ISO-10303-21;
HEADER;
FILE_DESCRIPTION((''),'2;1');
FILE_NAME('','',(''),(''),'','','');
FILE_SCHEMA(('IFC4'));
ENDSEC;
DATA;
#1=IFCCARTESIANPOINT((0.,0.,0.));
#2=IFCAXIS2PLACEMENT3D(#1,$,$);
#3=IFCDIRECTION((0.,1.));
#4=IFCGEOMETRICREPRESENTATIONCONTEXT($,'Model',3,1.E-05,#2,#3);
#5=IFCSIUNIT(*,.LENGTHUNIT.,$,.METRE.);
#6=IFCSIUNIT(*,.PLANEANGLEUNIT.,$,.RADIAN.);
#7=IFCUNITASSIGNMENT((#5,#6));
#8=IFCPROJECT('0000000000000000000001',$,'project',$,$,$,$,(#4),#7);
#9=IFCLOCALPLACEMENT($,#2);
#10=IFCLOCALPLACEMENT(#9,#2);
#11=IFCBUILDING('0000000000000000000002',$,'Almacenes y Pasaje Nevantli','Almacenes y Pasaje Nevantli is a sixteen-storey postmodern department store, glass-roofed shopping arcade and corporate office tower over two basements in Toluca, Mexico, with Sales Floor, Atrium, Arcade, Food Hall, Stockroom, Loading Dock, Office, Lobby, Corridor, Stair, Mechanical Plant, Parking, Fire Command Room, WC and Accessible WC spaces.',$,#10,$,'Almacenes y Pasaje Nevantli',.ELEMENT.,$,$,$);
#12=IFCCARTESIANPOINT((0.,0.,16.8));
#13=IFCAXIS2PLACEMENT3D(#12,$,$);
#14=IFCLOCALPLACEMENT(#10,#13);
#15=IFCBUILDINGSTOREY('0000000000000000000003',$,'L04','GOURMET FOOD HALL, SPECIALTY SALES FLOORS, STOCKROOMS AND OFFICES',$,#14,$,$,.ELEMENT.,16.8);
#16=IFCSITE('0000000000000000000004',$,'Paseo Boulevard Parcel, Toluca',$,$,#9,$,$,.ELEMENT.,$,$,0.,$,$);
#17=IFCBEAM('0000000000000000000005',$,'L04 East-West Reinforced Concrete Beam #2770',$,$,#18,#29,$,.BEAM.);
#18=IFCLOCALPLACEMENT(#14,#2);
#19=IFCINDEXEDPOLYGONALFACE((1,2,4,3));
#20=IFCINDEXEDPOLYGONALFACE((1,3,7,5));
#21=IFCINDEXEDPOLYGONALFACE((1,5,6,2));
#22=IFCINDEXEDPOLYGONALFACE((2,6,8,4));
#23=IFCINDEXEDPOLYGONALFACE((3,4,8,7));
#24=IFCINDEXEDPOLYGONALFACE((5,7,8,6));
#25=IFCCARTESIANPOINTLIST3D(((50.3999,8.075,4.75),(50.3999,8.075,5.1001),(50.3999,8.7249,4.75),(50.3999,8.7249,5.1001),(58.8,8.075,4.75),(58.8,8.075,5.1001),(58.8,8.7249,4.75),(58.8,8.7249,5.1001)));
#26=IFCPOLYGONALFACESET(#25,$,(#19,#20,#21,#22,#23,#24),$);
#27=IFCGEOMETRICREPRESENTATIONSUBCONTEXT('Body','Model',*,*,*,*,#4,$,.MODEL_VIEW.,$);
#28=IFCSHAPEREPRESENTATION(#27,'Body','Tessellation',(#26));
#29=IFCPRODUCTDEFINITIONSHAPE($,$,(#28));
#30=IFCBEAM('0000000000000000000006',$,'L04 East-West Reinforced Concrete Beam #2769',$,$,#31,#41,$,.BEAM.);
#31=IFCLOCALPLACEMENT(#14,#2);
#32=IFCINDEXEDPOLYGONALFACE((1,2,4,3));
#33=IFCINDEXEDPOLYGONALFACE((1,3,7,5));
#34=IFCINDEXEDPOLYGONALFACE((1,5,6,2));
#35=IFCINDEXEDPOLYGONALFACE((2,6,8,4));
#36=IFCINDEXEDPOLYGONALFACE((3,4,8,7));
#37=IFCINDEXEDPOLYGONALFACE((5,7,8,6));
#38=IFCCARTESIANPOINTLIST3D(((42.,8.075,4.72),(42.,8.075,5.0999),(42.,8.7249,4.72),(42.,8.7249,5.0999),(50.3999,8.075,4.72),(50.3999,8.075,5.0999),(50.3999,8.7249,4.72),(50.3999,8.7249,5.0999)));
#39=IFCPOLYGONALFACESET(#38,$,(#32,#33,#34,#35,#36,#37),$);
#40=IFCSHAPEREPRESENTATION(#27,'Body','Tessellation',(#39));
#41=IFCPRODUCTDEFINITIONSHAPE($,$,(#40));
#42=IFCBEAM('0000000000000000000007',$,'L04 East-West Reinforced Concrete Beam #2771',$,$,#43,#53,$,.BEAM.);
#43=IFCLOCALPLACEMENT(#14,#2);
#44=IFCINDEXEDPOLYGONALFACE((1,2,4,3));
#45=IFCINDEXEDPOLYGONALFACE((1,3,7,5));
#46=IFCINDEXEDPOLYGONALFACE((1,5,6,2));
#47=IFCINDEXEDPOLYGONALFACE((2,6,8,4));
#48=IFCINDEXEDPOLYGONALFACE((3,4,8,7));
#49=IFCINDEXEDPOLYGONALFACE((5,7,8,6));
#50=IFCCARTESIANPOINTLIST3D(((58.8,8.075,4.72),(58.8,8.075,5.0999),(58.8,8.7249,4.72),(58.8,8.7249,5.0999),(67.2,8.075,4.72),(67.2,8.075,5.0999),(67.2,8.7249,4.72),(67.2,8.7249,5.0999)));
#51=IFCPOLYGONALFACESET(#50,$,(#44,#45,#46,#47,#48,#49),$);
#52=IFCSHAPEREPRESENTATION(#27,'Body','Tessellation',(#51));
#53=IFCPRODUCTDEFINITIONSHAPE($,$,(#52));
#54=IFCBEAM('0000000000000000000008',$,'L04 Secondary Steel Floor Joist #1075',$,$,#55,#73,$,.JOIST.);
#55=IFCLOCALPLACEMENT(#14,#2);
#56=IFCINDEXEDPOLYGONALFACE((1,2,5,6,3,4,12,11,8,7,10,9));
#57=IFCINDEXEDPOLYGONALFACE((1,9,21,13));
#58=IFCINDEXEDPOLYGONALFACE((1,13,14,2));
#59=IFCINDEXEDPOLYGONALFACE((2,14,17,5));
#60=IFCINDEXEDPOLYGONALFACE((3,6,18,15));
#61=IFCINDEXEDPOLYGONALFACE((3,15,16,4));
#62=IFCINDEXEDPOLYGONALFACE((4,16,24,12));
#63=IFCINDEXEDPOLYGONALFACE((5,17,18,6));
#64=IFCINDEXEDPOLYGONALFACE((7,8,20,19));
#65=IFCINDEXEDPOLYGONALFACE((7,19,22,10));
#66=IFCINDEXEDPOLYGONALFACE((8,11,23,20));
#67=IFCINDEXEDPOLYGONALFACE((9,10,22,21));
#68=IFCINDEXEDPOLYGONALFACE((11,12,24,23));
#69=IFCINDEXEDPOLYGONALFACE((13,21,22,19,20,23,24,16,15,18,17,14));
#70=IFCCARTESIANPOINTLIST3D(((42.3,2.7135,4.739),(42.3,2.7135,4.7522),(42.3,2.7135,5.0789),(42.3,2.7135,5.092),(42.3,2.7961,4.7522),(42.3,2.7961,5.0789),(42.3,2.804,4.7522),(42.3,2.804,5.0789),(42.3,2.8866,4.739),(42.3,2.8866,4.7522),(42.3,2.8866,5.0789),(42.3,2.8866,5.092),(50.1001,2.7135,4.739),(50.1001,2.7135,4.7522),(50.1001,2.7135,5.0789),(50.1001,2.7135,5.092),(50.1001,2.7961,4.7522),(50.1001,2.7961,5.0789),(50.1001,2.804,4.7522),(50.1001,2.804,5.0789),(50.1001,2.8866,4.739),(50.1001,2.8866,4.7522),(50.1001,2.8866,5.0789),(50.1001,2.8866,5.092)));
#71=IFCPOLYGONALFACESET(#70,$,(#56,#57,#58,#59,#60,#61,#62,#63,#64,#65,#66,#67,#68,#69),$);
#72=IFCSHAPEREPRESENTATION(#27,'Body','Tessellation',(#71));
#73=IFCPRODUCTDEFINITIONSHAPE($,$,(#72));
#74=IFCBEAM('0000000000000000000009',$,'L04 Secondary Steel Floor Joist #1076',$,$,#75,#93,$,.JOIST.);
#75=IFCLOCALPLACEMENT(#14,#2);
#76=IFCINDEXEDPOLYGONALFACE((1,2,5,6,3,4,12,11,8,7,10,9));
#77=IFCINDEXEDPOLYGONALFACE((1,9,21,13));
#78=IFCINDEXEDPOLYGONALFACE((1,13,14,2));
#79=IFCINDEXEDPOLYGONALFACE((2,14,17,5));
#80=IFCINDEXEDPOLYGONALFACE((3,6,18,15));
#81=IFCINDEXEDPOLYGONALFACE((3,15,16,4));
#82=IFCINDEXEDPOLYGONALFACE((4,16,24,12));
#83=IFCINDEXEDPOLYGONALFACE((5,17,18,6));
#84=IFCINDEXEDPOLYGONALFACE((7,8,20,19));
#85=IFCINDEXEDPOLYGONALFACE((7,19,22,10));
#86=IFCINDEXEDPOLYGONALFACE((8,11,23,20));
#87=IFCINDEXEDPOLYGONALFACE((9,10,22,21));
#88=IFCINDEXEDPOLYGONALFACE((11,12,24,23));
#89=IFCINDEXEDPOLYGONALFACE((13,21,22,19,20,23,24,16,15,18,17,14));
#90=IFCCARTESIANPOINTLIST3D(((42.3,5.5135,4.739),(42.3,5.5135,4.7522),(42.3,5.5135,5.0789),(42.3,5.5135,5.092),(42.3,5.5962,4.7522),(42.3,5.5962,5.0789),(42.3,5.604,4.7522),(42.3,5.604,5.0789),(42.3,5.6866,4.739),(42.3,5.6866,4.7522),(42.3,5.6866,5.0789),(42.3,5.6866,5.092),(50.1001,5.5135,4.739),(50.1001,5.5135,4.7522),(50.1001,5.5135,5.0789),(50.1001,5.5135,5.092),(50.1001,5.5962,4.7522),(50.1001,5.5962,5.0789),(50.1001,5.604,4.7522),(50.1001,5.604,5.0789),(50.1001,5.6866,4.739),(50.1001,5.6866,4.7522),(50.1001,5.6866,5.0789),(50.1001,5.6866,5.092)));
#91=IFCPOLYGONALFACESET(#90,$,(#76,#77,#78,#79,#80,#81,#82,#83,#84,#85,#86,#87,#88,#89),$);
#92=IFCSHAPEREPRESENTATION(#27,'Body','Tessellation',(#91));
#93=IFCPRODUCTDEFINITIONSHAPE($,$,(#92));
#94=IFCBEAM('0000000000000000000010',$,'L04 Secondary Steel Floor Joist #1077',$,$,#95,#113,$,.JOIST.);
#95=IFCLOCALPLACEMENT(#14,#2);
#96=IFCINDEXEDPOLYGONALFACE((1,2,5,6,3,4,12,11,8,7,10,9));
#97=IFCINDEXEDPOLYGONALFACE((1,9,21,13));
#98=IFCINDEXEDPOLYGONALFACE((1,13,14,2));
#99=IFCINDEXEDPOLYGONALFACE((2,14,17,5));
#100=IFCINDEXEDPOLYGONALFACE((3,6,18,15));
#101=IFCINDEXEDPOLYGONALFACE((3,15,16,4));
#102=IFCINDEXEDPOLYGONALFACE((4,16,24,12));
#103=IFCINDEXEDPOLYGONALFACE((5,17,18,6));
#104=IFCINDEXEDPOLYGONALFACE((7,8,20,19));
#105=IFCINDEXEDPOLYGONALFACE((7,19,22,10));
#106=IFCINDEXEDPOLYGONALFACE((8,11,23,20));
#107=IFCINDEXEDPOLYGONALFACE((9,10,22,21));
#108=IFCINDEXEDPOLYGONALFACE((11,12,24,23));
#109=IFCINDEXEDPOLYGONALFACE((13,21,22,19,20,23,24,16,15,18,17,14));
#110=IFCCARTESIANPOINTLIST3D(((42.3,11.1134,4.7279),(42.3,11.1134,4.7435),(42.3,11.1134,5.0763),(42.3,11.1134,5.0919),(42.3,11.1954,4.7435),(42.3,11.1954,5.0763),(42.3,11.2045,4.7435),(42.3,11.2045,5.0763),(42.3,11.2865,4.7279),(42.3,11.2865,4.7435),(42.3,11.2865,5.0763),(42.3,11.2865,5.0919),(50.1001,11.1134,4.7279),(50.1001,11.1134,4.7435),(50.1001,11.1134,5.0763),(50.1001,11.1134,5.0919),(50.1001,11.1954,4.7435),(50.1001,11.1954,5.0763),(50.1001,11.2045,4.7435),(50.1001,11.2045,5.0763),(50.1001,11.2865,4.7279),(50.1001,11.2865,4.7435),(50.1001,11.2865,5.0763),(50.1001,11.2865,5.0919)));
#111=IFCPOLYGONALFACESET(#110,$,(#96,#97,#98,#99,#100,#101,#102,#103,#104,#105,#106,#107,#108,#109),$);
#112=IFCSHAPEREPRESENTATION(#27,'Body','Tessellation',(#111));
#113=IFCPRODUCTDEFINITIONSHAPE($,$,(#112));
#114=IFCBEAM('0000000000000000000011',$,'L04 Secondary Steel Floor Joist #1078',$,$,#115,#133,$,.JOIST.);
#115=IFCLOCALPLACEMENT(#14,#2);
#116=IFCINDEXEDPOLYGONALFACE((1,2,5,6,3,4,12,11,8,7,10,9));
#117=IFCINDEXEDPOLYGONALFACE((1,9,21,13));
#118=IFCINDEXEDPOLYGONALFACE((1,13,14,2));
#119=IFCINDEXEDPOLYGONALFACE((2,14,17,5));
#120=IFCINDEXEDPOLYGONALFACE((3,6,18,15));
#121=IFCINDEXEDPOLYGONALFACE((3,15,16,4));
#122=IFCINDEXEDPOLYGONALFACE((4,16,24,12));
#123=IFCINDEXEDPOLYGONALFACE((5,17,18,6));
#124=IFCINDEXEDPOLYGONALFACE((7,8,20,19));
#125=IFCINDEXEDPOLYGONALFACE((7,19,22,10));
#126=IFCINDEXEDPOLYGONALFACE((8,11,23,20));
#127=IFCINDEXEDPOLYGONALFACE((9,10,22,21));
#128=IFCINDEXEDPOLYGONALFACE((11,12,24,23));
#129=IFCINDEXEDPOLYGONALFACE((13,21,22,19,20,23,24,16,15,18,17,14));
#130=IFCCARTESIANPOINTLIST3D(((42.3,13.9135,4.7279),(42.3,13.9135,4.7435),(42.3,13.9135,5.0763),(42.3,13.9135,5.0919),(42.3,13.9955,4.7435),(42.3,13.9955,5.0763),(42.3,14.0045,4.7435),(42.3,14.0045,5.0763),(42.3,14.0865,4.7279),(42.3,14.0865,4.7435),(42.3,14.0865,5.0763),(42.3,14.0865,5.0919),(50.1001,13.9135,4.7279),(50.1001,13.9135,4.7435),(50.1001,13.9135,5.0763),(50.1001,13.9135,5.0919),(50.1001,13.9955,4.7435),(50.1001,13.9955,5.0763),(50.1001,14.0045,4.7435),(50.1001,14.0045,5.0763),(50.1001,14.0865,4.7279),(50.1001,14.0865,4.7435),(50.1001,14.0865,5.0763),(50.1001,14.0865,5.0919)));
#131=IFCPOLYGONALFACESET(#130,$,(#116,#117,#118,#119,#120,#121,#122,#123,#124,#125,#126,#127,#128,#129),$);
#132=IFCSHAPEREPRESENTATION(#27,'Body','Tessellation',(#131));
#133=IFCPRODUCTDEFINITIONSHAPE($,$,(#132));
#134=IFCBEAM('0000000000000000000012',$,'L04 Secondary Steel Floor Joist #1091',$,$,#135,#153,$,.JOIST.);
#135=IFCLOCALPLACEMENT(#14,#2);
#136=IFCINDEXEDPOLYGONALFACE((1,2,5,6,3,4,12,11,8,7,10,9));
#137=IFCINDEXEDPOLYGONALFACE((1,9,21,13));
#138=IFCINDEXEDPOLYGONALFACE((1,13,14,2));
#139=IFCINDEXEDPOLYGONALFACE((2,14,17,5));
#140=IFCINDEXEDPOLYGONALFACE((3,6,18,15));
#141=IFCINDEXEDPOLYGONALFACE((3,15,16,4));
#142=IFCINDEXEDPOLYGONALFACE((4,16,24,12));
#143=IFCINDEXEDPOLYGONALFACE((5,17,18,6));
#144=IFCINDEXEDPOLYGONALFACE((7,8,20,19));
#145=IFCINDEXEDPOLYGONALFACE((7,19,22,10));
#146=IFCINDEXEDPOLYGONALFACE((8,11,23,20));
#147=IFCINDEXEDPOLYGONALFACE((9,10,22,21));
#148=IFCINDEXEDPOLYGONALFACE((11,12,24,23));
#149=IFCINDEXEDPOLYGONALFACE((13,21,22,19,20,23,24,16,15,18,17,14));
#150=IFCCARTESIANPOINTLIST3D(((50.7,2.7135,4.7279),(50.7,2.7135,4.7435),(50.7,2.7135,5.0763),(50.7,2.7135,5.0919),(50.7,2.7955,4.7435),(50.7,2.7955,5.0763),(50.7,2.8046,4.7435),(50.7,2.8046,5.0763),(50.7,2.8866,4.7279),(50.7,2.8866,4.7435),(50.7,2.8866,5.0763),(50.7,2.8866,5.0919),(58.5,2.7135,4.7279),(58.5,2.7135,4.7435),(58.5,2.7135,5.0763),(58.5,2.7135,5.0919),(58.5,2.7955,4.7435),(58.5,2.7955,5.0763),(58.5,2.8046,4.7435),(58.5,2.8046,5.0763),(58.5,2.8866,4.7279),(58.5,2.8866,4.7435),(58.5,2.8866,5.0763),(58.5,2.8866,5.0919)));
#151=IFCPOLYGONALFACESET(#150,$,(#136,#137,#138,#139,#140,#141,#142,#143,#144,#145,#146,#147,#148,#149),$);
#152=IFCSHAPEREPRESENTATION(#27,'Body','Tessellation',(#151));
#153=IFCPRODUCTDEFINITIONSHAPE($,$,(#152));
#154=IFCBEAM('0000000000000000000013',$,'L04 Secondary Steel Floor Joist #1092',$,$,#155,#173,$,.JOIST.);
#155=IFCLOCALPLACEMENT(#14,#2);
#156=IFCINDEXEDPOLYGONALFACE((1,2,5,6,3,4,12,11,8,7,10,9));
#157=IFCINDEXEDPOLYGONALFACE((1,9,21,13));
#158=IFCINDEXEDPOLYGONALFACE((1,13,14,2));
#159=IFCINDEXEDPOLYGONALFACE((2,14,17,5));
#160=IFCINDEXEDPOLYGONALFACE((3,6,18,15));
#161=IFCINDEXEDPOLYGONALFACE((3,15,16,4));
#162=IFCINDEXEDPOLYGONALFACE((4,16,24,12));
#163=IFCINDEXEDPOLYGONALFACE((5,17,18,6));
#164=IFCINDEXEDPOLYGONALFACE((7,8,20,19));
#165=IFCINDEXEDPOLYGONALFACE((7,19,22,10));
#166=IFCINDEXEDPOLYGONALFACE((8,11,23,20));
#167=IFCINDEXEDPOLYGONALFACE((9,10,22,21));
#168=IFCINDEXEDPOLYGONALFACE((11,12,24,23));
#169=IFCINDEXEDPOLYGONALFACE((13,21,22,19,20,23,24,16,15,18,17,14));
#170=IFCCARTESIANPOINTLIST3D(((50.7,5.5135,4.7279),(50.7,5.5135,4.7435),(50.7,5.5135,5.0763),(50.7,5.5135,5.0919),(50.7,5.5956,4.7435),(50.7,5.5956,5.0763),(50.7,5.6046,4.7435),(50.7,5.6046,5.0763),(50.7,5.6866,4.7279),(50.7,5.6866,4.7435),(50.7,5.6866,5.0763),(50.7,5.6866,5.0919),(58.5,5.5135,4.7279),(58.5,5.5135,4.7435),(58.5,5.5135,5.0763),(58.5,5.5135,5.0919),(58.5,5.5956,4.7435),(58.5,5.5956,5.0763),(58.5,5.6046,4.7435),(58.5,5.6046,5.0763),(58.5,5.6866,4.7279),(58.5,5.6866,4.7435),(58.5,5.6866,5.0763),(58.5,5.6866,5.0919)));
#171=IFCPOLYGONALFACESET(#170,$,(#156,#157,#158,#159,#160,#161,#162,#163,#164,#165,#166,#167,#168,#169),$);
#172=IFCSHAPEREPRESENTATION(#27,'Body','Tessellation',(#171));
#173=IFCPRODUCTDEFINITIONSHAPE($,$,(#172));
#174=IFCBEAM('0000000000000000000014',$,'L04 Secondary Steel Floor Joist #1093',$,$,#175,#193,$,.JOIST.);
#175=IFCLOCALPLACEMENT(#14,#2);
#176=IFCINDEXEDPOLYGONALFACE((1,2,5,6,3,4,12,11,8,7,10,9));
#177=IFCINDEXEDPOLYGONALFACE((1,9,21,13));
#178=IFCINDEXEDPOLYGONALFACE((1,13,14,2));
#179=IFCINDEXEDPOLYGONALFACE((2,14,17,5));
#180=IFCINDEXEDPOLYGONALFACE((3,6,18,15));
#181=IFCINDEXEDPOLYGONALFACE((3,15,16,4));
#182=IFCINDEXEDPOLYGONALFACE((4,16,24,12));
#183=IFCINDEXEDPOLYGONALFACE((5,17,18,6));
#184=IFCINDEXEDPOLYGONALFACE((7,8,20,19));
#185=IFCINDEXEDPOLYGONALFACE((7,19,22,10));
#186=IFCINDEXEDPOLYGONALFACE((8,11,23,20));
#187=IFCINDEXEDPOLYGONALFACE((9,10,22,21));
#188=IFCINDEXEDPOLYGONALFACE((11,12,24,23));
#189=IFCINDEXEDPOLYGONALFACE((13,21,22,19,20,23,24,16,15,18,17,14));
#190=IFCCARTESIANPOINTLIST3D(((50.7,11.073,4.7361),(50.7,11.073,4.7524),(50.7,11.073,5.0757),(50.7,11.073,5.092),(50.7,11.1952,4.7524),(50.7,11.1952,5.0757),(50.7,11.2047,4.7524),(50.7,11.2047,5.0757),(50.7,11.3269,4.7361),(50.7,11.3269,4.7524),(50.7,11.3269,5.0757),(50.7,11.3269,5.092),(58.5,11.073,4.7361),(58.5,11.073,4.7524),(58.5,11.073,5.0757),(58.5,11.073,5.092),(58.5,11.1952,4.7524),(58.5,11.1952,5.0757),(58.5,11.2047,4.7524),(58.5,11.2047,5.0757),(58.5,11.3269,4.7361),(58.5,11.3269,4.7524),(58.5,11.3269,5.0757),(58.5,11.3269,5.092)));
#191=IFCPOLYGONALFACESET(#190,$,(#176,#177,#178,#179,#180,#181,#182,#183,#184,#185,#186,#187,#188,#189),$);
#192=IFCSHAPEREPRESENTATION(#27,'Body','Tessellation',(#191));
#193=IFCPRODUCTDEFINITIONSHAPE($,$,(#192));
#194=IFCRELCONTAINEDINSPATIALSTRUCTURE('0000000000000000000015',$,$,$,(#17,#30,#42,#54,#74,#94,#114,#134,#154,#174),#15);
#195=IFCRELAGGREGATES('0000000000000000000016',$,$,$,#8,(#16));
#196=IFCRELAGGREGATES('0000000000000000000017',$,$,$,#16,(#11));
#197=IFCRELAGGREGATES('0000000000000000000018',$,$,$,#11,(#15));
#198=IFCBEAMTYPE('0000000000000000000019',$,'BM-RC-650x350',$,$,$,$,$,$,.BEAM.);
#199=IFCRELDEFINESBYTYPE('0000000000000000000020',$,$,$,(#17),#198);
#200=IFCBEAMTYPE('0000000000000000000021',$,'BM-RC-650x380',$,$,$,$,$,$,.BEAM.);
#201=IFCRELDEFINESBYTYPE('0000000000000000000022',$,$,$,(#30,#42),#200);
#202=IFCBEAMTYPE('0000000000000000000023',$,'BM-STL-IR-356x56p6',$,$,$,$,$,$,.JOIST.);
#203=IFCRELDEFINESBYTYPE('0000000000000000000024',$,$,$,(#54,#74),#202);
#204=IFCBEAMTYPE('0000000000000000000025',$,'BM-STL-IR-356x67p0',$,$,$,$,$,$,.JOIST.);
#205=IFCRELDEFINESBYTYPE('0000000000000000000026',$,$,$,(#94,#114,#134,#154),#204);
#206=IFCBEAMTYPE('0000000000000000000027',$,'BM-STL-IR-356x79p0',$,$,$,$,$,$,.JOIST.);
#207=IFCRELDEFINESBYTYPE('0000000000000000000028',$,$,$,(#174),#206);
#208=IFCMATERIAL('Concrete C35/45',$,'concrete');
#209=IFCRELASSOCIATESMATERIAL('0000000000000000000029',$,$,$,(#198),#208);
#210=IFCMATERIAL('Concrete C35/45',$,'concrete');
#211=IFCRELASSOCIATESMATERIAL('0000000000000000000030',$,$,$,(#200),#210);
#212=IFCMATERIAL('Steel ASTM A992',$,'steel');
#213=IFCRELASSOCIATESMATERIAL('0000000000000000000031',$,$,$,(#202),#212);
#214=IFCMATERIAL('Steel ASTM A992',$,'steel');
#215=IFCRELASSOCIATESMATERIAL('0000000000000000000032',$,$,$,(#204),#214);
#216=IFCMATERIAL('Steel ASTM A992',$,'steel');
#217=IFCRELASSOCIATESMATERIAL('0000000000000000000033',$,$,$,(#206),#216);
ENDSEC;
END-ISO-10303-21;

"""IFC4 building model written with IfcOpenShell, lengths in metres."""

from ifc_helpers import new_model, si_unit, direction, frame, origin, origin_2d, place, context, subcontext, project, spatial, rectangle, i_section, extrude, material, material_profile, profile_set, type_object, element, save


model = new_model("IFC4")

# Units and contexts
model_context = context("Model", 3, precision=1e-05, world=origin(), true_north=direction((0.0, 1.0)))
body_context = subcontext(model_context, "Body", "Model", "MODEL_VIEW")
ifc_project = project(units=[si_unit("LENGTHUNIT", "METRE"), si_unit("PLANEANGLEUNIT", "RADIAN")], contexts=[model_context])

# Site, building, storey
site_placement = place(None, origin())
site = spatial("IfcSite", under=ifc_project, at=site_placement, Name="Paseo Boulevard Parcel, Toluca", CompositionType="ELEMENT", RefElevation=0.0)
building_placement = place(site_placement, origin())
building = spatial("IfcBuilding", under=site, at=building_placement, Name="Almacenes y Pasaje Nevantli", Description="Almacenes y Pasaje Nevantli is a sixteen-storey postmodern department store, glass-roofed shopping arcade and corporate office tower over two basements in Toluca, Mexico, with Sales Floor, Atrium, Arcade, Food Hall, Stockroom, Loading Dock, Office, Lobby, Corridor, Stair, Mechanical Plant, Parking, Fire Command Room, WC and Accessible WC spaces.", LongName="Almacenes y Pasaje Nevantli", CompositionType="ELEMENT")
storey_placement = place(building_placement, frame((0.0, 0.0, 16.8)))
storey = spatial("IfcBuildingStorey", under=building, at=storey_placement, Name="L04", Description="GOURMET FOOD HALL, SPECIALTY SALES FLOORS, STOCKROOMS AND OFFICES", CompositionType="ELEMENT", Elevation=16.8)

# Beams
ifc_material_1 = material(Name="Concrete C35/45", Category="concrete")
ifc_material_profile_1 = material_profile(ifc_material_1, rectangle(XDim=0.6499, YDim=0.3501, at=origin_2d()), Name="RC-BM-650x350")
ifc_profile_set_1 = profile_set([ifc_material_profile_1], Name="Concrete C35/45")
beam_type_1 = type_object("IfcBeamType", Name="BM-RC-650x350", PredefinedType="BEAM", material=ifc_profile_set_1)
beam_1_placement = place(storey_placement, frame((50.3999, 8.3999, 4.925), z_axis=(1.0, 0.0, 0.0), x_axis=(0.0, 1.0, 0.0)))
element("IfcBeam", 1, at=beam_1_placement, inside=storey, type_object=beam_type_1, Name="L04 East-West Reinforced Concrete Beam #2770", PredefinedType="BEAM", context=body_context, shape_type="SweptSolid", body=[
    extrude(rectangle(XDim=0.6499, YDim=0.3501, at=origin_2d()), origin(), (0.0, 0.0, 1.0), 8.4001),
])
ifc_material_2 = material(Name="Concrete C35/45", Category="concrete")
ifc_material_profile_2 = material_profile(ifc_material_2, rectangle(XDim=0.6499, YDim=0.3799, at=origin_2d()), Name="RC-BM-650x380")
ifc_profile_set_2 = profile_set([ifc_material_profile_2], Name="Concrete C35/45")
beam_type_2 = type_object("IfcBeamType", Name="BM-RC-650x380", PredefinedType="BEAM", material=ifc_profile_set_2)
for number, where, z_axis, x_axis, name in (
    (2, (42.0, 8.3999, 4.9099), (1.0, 0.0, 0.0), (0.0, 1.0, 0.0), "L04 East-West Reinforced Concrete Beam #2769"),
    (3, (58.8, 8.3999, 4.9099), (1.0, 0.0, 0.0), (0.0, 1.0, 0.0), "L04 East-West Reinforced Concrete Beam #2771"),
):
    element("IfcBeam", number, at=place(storey_placement, frame(where, z_axis=z_axis, x_axis=x_axis)), inside=storey, type_object=beam_type_2, Name=name, PredefinedType="BEAM", context=body_context, shape_type="SweptSolid", body=[
        extrude(rectangle(XDim=0.6499, YDim=0.3799, at=origin_2d()), origin(), (0.0, 0.0, 1.0), 8.3999),
    ])
ifc_material_3 = material(Name="Steel ASTM A992", Category="steel")
ifc_material_profile_3 = material_profile(ifc_material_3, i_section(OverallWidth=0.1731, OverallDepth=0.353, WebThickness=0.0078, FlangeThickness=0.0132, at=origin_2d()), Name="IR 356x56.6")
ifc_profile_set_3 = profile_set([ifc_material_profile_3], Name="Steel ASTM A992")
beam_type_3 = type_object("IfcBeamType", Name="BM-STL-IR-356x56p6", PredefinedType="JOIST", material=ifc_profile_set_3)
for number, where, z_axis, x_axis, name in (
    (4, (42.3, 2.8, 4.9155), (1.0, 0.0, 0.0), (0.0, 1.0, 0.0), "L04 Secondary Steel Floor Joist #1075"),
    (5, (42.3, 5.6001, 4.9155), (1.0, 0.0, 0.0), (0.0, 1.0, 0.0), "L04 Secondary Steel Floor Joist #1076"),
):
    element("IfcBeam", number, at=place(storey_placement, frame(where, z_axis=z_axis, x_axis=x_axis)), inside=storey, type_object=beam_type_3, Name=name, PredefinedType="JOIST", context=body_context, shape_type="SweptSolid", body=[
        extrude(i_section(OverallWidth=0.1731, OverallDepth=0.353, WebThickness=0.0078, FlangeThickness=0.0132, at=origin_2d()), origin(), (0.0, 0.0, 1.0), 7.8),
    ])
ifc_material_4 = material(Name="Steel ASTM A992", Category="steel")
ifc_material_profile_4 = material_profile(ifc_material_4, i_section(OverallWidth=0.1731, OverallDepth=0.364, WebThickness=0.009, FlangeThickness=0.0156, at=origin_2d()), Name="IR 356x67.0")
ifc_profile_set_4 = profile_set([ifc_material_profile_4], Name="Steel ASTM A992")
beam_type_4 = type_object("IfcBeamType", Name="BM-STL-IR-356x67p0", PredefinedType="JOIST", material=ifc_profile_set_4)
for number, where, z_axis, x_axis, name in (
    (6, (42.3, 11.2, 4.9099), (1.0, 0.0, 0.0), (0.0, 1.0, 0.0), "L04 Secondary Steel Floor Joist #1077"),
    (7, (42.3, 14.0, 4.9099), (1.0, 0.0, 0.0), (0.0, 1.0, 0.0), "L04 Secondary Steel Floor Joist #1078"),
    (8, (50.7, 2.8, 4.9099), (1.0, 0.0, 0.0), (0.0, 1.0, 0.0), "L04 Secondary Steel Floor Joist #1091"),
    (9, (50.7, 5.6001, 4.9099), (1.0, 0.0, 0.0), (0.0, 1.0, 0.0), "L04 Secondary Steel Floor Joist #1092"),
):
    element("IfcBeam", number, at=place(storey_placement, frame(where, z_axis=z_axis, x_axis=x_axis)), inside=storey, type_object=beam_type_4, Name=name, PredefinedType="JOIST", context=body_context, shape_type="SweptSolid", body=[
        extrude(i_section(OverallWidth=0.1731, OverallDepth=0.364, WebThickness=0.009, FlangeThickness=0.0156, at=origin_2d()), origin(), (0.0, 0.0, 1.0), 7.8),
    ])
ifc_material_5 = material(Name="Steel ASTM A992", Category="steel")
ifc_material_profile_5 = material_profile(ifc_material_5, i_section(OverallWidth=0.2539, OverallDepth=0.356, WebThickness=0.0095, FlangeThickness=0.0164, at=origin_2d()), Name="IR 356x79.0")
ifc_profile_set_5 = profile_set([ifc_material_profile_5], Name="Steel ASTM A992")
beam_type_5 = type_object("IfcBeamType", Name="BM-STL-IR-356x79p0", PredefinedType="JOIST", material=ifc_profile_set_5)
for number, where, z_axis, x_axis, name in (
    (10, (50.7, 11.2, 4.9141), (1.0, 0.0, 0.0), (0.0, 1.0, 0.0), "L04 Secondary Steel Floor Joist #1093"),
):
    element("IfcBeam", number, at=place(storey_placement, frame(where, z_axis=z_axis, x_axis=x_axis)), inside=storey, type_object=beam_type_5, Name=name, PredefinedType="JOIST", context=body_context, shape_type="SweptSolid", body=[
        extrude(i_section(OverallWidth=0.2539, OverallDepth=0.356, WebThickness=0.0095, FlangeThickness=0.0164, at=origin_2d()), origin(), (0.0, 0.0, 1.0), 7.8),
    ])

save(model, "model.ifc")
